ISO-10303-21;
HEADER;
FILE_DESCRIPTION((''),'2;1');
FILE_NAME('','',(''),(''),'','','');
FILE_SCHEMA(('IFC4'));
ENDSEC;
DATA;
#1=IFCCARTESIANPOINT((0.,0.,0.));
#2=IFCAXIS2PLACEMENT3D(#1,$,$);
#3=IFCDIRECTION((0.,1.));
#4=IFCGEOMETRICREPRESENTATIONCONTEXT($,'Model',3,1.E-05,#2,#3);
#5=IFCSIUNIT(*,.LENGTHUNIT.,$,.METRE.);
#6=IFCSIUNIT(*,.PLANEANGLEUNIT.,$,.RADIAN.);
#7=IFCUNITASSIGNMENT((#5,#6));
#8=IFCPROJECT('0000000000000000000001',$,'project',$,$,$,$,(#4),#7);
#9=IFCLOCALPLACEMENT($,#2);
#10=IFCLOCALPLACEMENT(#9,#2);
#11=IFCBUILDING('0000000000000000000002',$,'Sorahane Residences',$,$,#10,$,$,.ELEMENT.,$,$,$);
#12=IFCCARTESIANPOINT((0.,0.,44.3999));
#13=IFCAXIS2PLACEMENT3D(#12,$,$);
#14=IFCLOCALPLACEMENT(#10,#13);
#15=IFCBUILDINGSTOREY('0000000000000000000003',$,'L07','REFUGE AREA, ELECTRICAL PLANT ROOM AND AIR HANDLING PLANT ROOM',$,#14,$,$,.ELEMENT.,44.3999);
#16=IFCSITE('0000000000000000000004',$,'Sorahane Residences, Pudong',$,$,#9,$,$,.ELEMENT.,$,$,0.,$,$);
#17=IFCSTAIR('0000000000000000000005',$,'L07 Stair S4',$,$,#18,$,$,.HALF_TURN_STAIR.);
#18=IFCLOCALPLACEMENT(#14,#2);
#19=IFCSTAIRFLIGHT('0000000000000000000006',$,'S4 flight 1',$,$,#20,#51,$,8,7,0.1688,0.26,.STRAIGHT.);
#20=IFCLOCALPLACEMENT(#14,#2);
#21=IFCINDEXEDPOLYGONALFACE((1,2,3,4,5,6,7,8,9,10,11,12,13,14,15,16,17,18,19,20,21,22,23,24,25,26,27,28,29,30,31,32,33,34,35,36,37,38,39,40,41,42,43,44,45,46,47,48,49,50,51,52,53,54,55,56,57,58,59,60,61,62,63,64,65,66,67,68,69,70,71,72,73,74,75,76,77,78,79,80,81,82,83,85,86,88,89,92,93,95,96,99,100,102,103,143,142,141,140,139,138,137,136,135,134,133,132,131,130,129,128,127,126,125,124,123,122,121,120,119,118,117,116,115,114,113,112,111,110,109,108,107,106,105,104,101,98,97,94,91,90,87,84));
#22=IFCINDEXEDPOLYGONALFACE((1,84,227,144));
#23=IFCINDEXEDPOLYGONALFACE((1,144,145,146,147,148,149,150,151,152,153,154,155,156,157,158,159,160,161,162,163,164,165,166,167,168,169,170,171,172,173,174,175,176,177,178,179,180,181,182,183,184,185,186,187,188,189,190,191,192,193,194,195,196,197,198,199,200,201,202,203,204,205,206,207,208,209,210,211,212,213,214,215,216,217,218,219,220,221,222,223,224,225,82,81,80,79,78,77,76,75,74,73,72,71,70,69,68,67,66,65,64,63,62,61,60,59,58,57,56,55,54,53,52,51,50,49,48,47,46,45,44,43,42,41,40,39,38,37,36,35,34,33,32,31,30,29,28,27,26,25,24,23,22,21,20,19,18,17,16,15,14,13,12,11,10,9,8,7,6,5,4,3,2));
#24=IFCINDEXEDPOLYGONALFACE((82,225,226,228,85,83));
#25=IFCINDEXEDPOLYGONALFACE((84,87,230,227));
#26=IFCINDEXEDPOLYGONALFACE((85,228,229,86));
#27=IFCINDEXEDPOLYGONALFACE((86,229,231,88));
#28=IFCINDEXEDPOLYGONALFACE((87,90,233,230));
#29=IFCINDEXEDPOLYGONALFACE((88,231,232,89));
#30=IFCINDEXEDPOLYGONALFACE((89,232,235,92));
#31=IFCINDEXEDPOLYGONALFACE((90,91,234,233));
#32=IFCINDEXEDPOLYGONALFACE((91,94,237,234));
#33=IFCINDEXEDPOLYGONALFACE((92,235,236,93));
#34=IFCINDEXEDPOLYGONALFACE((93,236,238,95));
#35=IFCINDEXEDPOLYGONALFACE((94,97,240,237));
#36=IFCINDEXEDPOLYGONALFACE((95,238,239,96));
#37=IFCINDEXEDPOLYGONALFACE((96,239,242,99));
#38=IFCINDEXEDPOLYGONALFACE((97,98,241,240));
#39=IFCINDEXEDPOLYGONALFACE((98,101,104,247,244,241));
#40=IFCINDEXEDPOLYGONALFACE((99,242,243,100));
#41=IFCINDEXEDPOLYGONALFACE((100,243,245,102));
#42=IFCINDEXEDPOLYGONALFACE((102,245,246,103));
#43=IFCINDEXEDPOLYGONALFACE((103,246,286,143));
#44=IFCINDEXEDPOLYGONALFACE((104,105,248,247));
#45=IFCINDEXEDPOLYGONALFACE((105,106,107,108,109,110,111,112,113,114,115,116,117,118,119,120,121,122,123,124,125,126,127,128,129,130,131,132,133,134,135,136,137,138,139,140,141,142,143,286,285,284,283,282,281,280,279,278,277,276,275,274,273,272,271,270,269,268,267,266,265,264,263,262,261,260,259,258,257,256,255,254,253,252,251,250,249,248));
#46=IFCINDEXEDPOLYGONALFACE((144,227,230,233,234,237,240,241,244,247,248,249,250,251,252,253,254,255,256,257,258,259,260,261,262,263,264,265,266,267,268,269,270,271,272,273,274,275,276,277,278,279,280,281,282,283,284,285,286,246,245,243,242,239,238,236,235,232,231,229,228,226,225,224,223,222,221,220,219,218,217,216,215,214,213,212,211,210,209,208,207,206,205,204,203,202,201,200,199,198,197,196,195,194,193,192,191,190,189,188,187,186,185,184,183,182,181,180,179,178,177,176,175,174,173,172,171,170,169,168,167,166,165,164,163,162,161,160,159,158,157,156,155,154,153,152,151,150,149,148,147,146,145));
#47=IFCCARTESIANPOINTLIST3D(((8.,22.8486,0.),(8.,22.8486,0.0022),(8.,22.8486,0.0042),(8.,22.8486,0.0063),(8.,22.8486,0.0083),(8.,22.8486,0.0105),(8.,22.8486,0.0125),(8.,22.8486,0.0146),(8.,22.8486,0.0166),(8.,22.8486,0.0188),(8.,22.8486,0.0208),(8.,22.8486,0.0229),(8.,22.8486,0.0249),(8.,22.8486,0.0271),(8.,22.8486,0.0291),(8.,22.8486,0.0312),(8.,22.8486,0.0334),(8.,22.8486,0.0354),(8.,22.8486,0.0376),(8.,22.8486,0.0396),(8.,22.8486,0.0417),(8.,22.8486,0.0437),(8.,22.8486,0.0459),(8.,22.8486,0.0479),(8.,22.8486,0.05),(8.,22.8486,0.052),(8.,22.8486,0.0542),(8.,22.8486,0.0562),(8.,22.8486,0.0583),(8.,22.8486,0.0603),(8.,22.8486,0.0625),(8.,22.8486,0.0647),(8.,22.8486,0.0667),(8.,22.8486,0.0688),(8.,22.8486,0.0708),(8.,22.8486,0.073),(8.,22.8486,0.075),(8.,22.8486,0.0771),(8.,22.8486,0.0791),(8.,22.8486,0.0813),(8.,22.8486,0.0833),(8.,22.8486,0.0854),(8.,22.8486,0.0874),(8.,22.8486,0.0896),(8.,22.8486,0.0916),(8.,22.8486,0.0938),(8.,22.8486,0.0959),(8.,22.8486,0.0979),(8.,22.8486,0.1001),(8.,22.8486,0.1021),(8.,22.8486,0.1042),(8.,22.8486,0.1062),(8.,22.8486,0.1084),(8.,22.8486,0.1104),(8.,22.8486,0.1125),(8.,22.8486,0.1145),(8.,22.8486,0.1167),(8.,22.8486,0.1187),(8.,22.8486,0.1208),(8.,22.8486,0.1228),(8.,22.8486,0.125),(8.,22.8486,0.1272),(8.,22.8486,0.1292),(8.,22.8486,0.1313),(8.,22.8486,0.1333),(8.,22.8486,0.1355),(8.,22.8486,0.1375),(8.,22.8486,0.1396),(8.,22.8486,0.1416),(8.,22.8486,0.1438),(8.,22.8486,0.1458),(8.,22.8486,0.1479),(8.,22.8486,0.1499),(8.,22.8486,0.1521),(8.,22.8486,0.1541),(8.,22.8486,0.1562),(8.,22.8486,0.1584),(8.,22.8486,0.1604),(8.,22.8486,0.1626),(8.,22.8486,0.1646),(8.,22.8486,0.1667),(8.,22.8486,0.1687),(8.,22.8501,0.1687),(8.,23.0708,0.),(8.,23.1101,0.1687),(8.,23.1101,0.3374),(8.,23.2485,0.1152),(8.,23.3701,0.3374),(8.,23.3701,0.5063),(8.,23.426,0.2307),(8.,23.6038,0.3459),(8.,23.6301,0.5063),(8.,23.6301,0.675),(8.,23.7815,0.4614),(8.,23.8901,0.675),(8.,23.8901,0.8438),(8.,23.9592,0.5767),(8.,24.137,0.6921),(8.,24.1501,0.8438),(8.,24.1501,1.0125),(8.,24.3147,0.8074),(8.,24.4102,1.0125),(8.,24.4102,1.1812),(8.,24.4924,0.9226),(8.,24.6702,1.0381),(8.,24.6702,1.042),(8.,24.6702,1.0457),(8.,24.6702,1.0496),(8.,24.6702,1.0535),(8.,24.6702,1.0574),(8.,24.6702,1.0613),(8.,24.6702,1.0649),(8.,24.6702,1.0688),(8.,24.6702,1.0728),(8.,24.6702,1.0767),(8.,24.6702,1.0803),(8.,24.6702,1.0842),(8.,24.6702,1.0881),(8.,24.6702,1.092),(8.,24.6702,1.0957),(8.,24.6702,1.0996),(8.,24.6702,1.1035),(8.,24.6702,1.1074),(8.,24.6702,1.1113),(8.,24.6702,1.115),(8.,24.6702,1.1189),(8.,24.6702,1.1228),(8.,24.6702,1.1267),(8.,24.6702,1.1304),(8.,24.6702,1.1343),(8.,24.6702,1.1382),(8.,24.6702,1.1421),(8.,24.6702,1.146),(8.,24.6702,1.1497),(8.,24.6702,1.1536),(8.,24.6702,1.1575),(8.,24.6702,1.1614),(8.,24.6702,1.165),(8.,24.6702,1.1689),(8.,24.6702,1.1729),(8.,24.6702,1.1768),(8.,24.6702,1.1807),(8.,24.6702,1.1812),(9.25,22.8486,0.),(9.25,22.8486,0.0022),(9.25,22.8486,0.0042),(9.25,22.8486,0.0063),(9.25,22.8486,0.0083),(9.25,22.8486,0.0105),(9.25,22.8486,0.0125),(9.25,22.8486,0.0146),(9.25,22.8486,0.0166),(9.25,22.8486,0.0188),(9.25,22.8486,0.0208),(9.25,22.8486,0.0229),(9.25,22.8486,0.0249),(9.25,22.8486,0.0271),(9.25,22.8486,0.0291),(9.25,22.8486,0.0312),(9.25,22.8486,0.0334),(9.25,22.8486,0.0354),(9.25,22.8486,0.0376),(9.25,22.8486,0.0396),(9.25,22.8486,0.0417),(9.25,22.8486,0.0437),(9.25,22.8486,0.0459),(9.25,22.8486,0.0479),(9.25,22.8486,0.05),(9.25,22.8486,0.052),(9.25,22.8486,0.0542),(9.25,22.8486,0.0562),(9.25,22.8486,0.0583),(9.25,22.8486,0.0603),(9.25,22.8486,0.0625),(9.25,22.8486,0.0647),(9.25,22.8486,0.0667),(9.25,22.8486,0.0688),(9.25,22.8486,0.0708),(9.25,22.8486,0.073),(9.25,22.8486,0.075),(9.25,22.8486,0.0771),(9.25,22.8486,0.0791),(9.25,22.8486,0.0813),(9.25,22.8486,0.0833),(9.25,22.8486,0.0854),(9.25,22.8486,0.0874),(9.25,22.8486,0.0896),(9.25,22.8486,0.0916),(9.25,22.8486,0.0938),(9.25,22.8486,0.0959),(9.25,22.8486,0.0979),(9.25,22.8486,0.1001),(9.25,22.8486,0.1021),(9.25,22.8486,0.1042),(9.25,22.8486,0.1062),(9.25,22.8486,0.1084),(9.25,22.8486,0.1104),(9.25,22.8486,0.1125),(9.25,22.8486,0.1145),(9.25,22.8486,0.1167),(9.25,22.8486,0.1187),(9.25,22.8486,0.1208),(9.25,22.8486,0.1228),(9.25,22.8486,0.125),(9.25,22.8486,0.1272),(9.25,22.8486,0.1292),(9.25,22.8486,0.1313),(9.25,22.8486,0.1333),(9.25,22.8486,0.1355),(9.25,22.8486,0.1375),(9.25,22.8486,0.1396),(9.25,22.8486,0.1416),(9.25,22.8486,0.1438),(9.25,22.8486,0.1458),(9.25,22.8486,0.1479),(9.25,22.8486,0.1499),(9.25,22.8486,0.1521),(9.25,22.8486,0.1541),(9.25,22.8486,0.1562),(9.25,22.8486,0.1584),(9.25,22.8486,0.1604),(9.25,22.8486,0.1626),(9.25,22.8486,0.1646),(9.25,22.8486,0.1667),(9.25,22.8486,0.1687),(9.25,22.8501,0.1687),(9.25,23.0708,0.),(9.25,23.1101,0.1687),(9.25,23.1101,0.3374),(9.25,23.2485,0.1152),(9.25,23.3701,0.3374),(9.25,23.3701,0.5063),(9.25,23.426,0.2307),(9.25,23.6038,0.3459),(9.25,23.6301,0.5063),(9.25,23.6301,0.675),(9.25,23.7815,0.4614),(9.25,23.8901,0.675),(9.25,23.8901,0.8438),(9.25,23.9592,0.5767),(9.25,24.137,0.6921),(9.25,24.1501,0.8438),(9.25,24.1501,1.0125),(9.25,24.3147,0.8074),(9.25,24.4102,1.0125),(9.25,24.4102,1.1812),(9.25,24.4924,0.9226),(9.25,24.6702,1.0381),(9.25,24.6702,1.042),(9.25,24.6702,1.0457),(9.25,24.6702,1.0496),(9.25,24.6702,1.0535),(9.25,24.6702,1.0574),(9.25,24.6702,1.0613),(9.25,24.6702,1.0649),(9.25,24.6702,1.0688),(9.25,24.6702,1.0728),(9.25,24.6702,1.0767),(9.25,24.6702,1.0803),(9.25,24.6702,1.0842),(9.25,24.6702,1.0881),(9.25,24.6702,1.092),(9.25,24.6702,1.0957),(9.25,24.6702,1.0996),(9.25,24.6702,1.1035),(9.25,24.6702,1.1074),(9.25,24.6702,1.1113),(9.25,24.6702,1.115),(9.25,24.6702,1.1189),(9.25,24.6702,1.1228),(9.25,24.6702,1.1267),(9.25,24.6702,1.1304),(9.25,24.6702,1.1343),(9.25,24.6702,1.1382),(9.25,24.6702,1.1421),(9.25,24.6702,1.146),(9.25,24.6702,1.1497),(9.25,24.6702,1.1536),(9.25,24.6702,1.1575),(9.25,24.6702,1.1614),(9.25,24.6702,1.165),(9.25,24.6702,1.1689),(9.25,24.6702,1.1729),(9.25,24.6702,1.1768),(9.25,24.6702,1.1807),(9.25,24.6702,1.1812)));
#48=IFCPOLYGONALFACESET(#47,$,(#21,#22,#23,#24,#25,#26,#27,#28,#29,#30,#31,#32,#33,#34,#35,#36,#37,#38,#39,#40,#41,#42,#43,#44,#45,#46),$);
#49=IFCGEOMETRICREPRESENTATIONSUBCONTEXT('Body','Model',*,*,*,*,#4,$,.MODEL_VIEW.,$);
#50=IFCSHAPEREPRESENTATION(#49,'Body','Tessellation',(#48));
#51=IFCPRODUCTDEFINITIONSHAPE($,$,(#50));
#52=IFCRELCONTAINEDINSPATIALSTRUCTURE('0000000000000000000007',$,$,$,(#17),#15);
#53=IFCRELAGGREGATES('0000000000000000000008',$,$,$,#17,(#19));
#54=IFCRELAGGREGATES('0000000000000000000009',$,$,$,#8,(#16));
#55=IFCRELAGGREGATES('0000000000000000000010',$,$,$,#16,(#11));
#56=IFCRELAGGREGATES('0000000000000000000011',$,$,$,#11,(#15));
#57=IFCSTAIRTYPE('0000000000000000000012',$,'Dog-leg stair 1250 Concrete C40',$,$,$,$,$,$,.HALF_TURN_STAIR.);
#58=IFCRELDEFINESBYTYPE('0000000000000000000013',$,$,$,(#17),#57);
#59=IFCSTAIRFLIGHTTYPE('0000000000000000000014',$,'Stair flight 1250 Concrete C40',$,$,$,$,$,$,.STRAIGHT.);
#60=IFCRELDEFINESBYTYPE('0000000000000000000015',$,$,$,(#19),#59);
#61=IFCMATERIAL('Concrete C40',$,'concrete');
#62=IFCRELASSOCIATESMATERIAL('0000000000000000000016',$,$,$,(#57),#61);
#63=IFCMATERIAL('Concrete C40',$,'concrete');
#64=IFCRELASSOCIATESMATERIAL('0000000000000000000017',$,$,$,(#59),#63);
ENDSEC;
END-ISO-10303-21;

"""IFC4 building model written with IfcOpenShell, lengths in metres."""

from ifc_helpers import new_model, si_unit, direction, frame, origin, place, context, subcontext, project, spatial, polyline, outline, extrude, material, type_object, element, aggregate, save


model = new_model("IFC4")

# Units and contexts
model_context = context("Model", 3, precision=1e-05, world=origin(), true_north=direction((0.0, 1.0)))
body_context = subcontext(model_context, "Body", "Model", "MODEL_VIEW")
ifc_project = project(units=[si_unit("LENGTHUNIT", "METRE"), si_unit("PLANEANGLEUNIT", "RADIAN")], contexts=[model_context])

# Site, building, storey
site_placement = place(None, origin())
site = spatial("IfcSite", under=ifc_project, at=site_placement, Name="Sorahane Residences, Pudong", CompositionType="ELEMENT", RefElevation=0.0)
building_placement = place(site_placement, origin())
building = spatial("IfcBuilding", under=site, at=building_placement, Name="Sorahane Residences", CompositionType="ELEMENT")
storey_placement = place(building_placement, frame((0.0, 0.0, 44.3999)))
storey = spatial("IfcBuildingStorey", under=building, at=storey_placement, Name="L07", Description="REFUGE AREA, ELECTRICAL PLANT ROOM AND AIR HANDLING PLANT ROOM", CompositionType="ELEMENT", Elevation=44.3999)

# Stair, stair flight
ifc_material_1 = material(Name="Concrete C40", Category="concrete")
stair_type = type_object("IfcStairType", Name="Dog-leg stair 1250 Concrete C40", PredefinedType="HALF_TURN_STAIR", material=ifc_material_1)
stair_placement = place(storey_placement, origin())
stair = element("IfcStair", 1, at=stair_placement, inside=storey, type_object=stair_type, Name="L07 Stair S4", PredefinedType="HALF_TURN_STAIR")
ifc_material_2 = material(Name="Concrete C40", Category="concrete")
stair_flight_type = type_object("IfcStairFlightType", Name="Stair flight 1250 Concrete C40", PredefinedType="STRAIGHT", material=ifc_material_2)
stair_flight_1_placement = place(storey_placement, frame((8.625, 22.8501, 0.0), z_axis=(0.0, 0.0, 1.0), x_axis=(0.0, 1.0, 0.0)))
stair_flight_1 = element("IfcStairFlight", 2, at=stair_flight_1_placement, type_object=stair_flight_type, Name="S4 flight 1", NumberOfRisers=8, NumberOfTreads=7, PredefinedType="STRAIGHT", RiserHeight=0.1688, TreadLength=0.26, context=body_context, shape_type="SweptSolid", body=[
    extrude(outline(polyline([(-0.0015, 0.0), (-0.0015, 0.0022), (-0.0015, 0.0042), (-0.0015, 0.0063), (-0.0015, 0.0083), (-0.0015, 0.0105), (-0.0015, 0.0125), (-0.0015, 0.0146), (-0.0015, 0.0166), (-0.0015, 0.0188), (-0.0015, 0.0208), (-0.0015, 0.0229), (-0.0015, 0.0249), (-0.0015, 0.0271), (-0.0015, 0.0291), (-0.0015, 0.0312), (-0.0015, 0.0334), (-0.0015, 0.0354), (-0.0015, 0.0376), (-0.0015, 0.0396), (-0.0015, 0.0417), (-0.0015, 0.0437), (-0.0015, 0.0459), (-0.0015, 0.0479), (-0.0015, 0.05), (-0.0015, 0.052), (-0.0015, 0.0542), (-0.0015, 0.0562), (-0.0015, 0.0583), (-0.0015, 0.0603), (-0.0015, 0.0625), (-0.0015, 0.0647), (-0.0015, 0.0667), (-0.0015, 0.0688), (-0.0015, 0.0708), (-0.0015, 0.073), (-0.0015, 0.075), (-0.0015, 0.0771), (-0.0015, 0.0791), (-0.0015, 0.0813), (-0.0015, 0.0833), (-0.0015, 0.0854), (-0.0015, 0.0874), (-0.0015, 0.0896), (-0.0015, 0.0916), (-0.0015, 0.0938), (-0.0015, 0.0959), (-0.0015, 0.0979), (-0.0015, 0.1001), (-0.0015, 0.1021), (-0.0015, 0.1042), (-0.0015, 0.1062), (-0.0015, 0.1084), (-0.0015, 0.1104), (-0.0015, 0.1125), (-0.0015, 0.1145), (-0.0015, 0.1167), (-0.0015, 0.1187), (-0.0015, 0.1208), (-0.0015, 0.1228), (-0.0015, 0.125), (-0.0015, 0.1272), (-0.0015, 0.1292), (-0.0015, 0.1313), (-0.0015, 0.1333), (-0.0015, 0.1355), (-0.0015, 0.1375), (-0.0015, 0.1396), (-0.0015, 0.1416), (-0.0015, 0.1438), (-0.0015, 0.1458), (-0.0015, 0.1479), (-0.0015, 0.1499), (-0.0015, 0.1521), (-0.0015, 0.1541), (-0.0015, 0.1562), (-0.0015, 0.1584), (-0.0015, 0.1604), (-0.0015, 0.1626), (-0.0015, 0.1646), (-0.0015, 0.1667), (-0.0015, 0.1687), (0.0, 0.1687), (0.26, 0.1687), (0.26, 0.3374), (0.52, 0.3374), (0.52, 0.5063), (0.78, 0.5063), (0.78, 0.675), (1.04, 0.675), (1.04, 0.8438), (1.3, 0.8438), (1.3, 1.0125), (1.5601, 1.0125), (1.5601, 1.1812), (1.8201, 1.1812), (1.8201, 1.3501), (1.8201, 1.3462), (1.8201, 1.3423), (1.8201, 1.3384), (1.8201, 1.3347), (1.8201, 1.3308), (1.8201, 1.3269), (1.8201, 1.323), (1.8201, 1.3191), (1.8201, 1.3154), (1.8201, 1.3115), (1.8201, 1.3076), (1.8201, 1.3037), (1.8201, 1.3), (1.8201, 1.2961), (1.8201, 1.2922), (1.8201, 1.2883), (1.8201, 1.2844), (1.8201, 1.2808), (1.8201, 1.2769), (1.8201, 1.2729), (1.8201, 1.269), (1.8201, 1.2654), (1.8201, 1.2615), (1.8201, 1.2576), (1.8201, 1.2537), (1.8201, 1.2498), (1.8201, 1.2461), (1.8201, 1.2422), (1.8201, 1.2383), (1.8201, 1.2344), (1.8201, 1.2307), (1.8201, 1.2268), (1.8201, 1.2229), (1.8201, 1.219), (1.8201, 1.2151), (1.8201, 1.2114), (1.8201, 1.2075), (1.8201, 1.2036), (1.8201, 1.1997), (1.8201, 1.196), (1.8201, 1.1921), (1.8201, 1.1882), (1.8201, 1.1843), (1.8201, 1.1807), (1.8201, 1.1768), (1.8201, 1.1729), (1.8201, 1.1689), (1.8201, 1.165), (1.8201, 1.1614), (1.8201, 1.1575), (1.8201, 1.1536), (1.8201, 1.1497), (1.8201, 1.146), (1.8201, 1.1421), (1.8201, 1.1382), (1.8201, 1.1343), (1.8201, 1.1304), (1.8201, 1.1267), (1.8201, 1.1228), (1.8201, 1.1189), (1.8201, 1.115), (1.8201, 1.1113), (1.8201, 1.1074), (1.8201, 1.1035), (1.8201, 1.0996), (1.8201, 1.0957), (1.8201, 1.092), (1.8201, 1.0881), (1.8201, 1.0842), (1.8201, 1.0803), (1.8201, 1.0767), (1.8201, 1.0728), (1.8201, 1.0688), (1.8201, 1.0649), (1.8201, 1.0613), (1.8201, 1.0574), (1.8201, 1.0535), (1.8201, 1.0496), (1.8201, 1.0457), (1.8201, 1.042), (1.8201, 1.0381), (1.6423, 0.9226), (1.4646, 0.8074), (1.2869, 0.6921), (1.1091, 0.5767), (0.9314, 0.4614), (0.7537, 0.3459), (0.5759, 0.2307), (0.3984, 0.1152), (0.2207, 0.0), (-0.0015, 0.0)])), frame((0.0, 0.625, 0.0), z_axis=(0.0, -1.0, 0.0), x_axis=(1.0, 0.0, 0.0)), (0.0, 0.0, 1.0), 1.25),
])
aggregate(stair, [stair_flight_1])

save(model, "model.ifc")
